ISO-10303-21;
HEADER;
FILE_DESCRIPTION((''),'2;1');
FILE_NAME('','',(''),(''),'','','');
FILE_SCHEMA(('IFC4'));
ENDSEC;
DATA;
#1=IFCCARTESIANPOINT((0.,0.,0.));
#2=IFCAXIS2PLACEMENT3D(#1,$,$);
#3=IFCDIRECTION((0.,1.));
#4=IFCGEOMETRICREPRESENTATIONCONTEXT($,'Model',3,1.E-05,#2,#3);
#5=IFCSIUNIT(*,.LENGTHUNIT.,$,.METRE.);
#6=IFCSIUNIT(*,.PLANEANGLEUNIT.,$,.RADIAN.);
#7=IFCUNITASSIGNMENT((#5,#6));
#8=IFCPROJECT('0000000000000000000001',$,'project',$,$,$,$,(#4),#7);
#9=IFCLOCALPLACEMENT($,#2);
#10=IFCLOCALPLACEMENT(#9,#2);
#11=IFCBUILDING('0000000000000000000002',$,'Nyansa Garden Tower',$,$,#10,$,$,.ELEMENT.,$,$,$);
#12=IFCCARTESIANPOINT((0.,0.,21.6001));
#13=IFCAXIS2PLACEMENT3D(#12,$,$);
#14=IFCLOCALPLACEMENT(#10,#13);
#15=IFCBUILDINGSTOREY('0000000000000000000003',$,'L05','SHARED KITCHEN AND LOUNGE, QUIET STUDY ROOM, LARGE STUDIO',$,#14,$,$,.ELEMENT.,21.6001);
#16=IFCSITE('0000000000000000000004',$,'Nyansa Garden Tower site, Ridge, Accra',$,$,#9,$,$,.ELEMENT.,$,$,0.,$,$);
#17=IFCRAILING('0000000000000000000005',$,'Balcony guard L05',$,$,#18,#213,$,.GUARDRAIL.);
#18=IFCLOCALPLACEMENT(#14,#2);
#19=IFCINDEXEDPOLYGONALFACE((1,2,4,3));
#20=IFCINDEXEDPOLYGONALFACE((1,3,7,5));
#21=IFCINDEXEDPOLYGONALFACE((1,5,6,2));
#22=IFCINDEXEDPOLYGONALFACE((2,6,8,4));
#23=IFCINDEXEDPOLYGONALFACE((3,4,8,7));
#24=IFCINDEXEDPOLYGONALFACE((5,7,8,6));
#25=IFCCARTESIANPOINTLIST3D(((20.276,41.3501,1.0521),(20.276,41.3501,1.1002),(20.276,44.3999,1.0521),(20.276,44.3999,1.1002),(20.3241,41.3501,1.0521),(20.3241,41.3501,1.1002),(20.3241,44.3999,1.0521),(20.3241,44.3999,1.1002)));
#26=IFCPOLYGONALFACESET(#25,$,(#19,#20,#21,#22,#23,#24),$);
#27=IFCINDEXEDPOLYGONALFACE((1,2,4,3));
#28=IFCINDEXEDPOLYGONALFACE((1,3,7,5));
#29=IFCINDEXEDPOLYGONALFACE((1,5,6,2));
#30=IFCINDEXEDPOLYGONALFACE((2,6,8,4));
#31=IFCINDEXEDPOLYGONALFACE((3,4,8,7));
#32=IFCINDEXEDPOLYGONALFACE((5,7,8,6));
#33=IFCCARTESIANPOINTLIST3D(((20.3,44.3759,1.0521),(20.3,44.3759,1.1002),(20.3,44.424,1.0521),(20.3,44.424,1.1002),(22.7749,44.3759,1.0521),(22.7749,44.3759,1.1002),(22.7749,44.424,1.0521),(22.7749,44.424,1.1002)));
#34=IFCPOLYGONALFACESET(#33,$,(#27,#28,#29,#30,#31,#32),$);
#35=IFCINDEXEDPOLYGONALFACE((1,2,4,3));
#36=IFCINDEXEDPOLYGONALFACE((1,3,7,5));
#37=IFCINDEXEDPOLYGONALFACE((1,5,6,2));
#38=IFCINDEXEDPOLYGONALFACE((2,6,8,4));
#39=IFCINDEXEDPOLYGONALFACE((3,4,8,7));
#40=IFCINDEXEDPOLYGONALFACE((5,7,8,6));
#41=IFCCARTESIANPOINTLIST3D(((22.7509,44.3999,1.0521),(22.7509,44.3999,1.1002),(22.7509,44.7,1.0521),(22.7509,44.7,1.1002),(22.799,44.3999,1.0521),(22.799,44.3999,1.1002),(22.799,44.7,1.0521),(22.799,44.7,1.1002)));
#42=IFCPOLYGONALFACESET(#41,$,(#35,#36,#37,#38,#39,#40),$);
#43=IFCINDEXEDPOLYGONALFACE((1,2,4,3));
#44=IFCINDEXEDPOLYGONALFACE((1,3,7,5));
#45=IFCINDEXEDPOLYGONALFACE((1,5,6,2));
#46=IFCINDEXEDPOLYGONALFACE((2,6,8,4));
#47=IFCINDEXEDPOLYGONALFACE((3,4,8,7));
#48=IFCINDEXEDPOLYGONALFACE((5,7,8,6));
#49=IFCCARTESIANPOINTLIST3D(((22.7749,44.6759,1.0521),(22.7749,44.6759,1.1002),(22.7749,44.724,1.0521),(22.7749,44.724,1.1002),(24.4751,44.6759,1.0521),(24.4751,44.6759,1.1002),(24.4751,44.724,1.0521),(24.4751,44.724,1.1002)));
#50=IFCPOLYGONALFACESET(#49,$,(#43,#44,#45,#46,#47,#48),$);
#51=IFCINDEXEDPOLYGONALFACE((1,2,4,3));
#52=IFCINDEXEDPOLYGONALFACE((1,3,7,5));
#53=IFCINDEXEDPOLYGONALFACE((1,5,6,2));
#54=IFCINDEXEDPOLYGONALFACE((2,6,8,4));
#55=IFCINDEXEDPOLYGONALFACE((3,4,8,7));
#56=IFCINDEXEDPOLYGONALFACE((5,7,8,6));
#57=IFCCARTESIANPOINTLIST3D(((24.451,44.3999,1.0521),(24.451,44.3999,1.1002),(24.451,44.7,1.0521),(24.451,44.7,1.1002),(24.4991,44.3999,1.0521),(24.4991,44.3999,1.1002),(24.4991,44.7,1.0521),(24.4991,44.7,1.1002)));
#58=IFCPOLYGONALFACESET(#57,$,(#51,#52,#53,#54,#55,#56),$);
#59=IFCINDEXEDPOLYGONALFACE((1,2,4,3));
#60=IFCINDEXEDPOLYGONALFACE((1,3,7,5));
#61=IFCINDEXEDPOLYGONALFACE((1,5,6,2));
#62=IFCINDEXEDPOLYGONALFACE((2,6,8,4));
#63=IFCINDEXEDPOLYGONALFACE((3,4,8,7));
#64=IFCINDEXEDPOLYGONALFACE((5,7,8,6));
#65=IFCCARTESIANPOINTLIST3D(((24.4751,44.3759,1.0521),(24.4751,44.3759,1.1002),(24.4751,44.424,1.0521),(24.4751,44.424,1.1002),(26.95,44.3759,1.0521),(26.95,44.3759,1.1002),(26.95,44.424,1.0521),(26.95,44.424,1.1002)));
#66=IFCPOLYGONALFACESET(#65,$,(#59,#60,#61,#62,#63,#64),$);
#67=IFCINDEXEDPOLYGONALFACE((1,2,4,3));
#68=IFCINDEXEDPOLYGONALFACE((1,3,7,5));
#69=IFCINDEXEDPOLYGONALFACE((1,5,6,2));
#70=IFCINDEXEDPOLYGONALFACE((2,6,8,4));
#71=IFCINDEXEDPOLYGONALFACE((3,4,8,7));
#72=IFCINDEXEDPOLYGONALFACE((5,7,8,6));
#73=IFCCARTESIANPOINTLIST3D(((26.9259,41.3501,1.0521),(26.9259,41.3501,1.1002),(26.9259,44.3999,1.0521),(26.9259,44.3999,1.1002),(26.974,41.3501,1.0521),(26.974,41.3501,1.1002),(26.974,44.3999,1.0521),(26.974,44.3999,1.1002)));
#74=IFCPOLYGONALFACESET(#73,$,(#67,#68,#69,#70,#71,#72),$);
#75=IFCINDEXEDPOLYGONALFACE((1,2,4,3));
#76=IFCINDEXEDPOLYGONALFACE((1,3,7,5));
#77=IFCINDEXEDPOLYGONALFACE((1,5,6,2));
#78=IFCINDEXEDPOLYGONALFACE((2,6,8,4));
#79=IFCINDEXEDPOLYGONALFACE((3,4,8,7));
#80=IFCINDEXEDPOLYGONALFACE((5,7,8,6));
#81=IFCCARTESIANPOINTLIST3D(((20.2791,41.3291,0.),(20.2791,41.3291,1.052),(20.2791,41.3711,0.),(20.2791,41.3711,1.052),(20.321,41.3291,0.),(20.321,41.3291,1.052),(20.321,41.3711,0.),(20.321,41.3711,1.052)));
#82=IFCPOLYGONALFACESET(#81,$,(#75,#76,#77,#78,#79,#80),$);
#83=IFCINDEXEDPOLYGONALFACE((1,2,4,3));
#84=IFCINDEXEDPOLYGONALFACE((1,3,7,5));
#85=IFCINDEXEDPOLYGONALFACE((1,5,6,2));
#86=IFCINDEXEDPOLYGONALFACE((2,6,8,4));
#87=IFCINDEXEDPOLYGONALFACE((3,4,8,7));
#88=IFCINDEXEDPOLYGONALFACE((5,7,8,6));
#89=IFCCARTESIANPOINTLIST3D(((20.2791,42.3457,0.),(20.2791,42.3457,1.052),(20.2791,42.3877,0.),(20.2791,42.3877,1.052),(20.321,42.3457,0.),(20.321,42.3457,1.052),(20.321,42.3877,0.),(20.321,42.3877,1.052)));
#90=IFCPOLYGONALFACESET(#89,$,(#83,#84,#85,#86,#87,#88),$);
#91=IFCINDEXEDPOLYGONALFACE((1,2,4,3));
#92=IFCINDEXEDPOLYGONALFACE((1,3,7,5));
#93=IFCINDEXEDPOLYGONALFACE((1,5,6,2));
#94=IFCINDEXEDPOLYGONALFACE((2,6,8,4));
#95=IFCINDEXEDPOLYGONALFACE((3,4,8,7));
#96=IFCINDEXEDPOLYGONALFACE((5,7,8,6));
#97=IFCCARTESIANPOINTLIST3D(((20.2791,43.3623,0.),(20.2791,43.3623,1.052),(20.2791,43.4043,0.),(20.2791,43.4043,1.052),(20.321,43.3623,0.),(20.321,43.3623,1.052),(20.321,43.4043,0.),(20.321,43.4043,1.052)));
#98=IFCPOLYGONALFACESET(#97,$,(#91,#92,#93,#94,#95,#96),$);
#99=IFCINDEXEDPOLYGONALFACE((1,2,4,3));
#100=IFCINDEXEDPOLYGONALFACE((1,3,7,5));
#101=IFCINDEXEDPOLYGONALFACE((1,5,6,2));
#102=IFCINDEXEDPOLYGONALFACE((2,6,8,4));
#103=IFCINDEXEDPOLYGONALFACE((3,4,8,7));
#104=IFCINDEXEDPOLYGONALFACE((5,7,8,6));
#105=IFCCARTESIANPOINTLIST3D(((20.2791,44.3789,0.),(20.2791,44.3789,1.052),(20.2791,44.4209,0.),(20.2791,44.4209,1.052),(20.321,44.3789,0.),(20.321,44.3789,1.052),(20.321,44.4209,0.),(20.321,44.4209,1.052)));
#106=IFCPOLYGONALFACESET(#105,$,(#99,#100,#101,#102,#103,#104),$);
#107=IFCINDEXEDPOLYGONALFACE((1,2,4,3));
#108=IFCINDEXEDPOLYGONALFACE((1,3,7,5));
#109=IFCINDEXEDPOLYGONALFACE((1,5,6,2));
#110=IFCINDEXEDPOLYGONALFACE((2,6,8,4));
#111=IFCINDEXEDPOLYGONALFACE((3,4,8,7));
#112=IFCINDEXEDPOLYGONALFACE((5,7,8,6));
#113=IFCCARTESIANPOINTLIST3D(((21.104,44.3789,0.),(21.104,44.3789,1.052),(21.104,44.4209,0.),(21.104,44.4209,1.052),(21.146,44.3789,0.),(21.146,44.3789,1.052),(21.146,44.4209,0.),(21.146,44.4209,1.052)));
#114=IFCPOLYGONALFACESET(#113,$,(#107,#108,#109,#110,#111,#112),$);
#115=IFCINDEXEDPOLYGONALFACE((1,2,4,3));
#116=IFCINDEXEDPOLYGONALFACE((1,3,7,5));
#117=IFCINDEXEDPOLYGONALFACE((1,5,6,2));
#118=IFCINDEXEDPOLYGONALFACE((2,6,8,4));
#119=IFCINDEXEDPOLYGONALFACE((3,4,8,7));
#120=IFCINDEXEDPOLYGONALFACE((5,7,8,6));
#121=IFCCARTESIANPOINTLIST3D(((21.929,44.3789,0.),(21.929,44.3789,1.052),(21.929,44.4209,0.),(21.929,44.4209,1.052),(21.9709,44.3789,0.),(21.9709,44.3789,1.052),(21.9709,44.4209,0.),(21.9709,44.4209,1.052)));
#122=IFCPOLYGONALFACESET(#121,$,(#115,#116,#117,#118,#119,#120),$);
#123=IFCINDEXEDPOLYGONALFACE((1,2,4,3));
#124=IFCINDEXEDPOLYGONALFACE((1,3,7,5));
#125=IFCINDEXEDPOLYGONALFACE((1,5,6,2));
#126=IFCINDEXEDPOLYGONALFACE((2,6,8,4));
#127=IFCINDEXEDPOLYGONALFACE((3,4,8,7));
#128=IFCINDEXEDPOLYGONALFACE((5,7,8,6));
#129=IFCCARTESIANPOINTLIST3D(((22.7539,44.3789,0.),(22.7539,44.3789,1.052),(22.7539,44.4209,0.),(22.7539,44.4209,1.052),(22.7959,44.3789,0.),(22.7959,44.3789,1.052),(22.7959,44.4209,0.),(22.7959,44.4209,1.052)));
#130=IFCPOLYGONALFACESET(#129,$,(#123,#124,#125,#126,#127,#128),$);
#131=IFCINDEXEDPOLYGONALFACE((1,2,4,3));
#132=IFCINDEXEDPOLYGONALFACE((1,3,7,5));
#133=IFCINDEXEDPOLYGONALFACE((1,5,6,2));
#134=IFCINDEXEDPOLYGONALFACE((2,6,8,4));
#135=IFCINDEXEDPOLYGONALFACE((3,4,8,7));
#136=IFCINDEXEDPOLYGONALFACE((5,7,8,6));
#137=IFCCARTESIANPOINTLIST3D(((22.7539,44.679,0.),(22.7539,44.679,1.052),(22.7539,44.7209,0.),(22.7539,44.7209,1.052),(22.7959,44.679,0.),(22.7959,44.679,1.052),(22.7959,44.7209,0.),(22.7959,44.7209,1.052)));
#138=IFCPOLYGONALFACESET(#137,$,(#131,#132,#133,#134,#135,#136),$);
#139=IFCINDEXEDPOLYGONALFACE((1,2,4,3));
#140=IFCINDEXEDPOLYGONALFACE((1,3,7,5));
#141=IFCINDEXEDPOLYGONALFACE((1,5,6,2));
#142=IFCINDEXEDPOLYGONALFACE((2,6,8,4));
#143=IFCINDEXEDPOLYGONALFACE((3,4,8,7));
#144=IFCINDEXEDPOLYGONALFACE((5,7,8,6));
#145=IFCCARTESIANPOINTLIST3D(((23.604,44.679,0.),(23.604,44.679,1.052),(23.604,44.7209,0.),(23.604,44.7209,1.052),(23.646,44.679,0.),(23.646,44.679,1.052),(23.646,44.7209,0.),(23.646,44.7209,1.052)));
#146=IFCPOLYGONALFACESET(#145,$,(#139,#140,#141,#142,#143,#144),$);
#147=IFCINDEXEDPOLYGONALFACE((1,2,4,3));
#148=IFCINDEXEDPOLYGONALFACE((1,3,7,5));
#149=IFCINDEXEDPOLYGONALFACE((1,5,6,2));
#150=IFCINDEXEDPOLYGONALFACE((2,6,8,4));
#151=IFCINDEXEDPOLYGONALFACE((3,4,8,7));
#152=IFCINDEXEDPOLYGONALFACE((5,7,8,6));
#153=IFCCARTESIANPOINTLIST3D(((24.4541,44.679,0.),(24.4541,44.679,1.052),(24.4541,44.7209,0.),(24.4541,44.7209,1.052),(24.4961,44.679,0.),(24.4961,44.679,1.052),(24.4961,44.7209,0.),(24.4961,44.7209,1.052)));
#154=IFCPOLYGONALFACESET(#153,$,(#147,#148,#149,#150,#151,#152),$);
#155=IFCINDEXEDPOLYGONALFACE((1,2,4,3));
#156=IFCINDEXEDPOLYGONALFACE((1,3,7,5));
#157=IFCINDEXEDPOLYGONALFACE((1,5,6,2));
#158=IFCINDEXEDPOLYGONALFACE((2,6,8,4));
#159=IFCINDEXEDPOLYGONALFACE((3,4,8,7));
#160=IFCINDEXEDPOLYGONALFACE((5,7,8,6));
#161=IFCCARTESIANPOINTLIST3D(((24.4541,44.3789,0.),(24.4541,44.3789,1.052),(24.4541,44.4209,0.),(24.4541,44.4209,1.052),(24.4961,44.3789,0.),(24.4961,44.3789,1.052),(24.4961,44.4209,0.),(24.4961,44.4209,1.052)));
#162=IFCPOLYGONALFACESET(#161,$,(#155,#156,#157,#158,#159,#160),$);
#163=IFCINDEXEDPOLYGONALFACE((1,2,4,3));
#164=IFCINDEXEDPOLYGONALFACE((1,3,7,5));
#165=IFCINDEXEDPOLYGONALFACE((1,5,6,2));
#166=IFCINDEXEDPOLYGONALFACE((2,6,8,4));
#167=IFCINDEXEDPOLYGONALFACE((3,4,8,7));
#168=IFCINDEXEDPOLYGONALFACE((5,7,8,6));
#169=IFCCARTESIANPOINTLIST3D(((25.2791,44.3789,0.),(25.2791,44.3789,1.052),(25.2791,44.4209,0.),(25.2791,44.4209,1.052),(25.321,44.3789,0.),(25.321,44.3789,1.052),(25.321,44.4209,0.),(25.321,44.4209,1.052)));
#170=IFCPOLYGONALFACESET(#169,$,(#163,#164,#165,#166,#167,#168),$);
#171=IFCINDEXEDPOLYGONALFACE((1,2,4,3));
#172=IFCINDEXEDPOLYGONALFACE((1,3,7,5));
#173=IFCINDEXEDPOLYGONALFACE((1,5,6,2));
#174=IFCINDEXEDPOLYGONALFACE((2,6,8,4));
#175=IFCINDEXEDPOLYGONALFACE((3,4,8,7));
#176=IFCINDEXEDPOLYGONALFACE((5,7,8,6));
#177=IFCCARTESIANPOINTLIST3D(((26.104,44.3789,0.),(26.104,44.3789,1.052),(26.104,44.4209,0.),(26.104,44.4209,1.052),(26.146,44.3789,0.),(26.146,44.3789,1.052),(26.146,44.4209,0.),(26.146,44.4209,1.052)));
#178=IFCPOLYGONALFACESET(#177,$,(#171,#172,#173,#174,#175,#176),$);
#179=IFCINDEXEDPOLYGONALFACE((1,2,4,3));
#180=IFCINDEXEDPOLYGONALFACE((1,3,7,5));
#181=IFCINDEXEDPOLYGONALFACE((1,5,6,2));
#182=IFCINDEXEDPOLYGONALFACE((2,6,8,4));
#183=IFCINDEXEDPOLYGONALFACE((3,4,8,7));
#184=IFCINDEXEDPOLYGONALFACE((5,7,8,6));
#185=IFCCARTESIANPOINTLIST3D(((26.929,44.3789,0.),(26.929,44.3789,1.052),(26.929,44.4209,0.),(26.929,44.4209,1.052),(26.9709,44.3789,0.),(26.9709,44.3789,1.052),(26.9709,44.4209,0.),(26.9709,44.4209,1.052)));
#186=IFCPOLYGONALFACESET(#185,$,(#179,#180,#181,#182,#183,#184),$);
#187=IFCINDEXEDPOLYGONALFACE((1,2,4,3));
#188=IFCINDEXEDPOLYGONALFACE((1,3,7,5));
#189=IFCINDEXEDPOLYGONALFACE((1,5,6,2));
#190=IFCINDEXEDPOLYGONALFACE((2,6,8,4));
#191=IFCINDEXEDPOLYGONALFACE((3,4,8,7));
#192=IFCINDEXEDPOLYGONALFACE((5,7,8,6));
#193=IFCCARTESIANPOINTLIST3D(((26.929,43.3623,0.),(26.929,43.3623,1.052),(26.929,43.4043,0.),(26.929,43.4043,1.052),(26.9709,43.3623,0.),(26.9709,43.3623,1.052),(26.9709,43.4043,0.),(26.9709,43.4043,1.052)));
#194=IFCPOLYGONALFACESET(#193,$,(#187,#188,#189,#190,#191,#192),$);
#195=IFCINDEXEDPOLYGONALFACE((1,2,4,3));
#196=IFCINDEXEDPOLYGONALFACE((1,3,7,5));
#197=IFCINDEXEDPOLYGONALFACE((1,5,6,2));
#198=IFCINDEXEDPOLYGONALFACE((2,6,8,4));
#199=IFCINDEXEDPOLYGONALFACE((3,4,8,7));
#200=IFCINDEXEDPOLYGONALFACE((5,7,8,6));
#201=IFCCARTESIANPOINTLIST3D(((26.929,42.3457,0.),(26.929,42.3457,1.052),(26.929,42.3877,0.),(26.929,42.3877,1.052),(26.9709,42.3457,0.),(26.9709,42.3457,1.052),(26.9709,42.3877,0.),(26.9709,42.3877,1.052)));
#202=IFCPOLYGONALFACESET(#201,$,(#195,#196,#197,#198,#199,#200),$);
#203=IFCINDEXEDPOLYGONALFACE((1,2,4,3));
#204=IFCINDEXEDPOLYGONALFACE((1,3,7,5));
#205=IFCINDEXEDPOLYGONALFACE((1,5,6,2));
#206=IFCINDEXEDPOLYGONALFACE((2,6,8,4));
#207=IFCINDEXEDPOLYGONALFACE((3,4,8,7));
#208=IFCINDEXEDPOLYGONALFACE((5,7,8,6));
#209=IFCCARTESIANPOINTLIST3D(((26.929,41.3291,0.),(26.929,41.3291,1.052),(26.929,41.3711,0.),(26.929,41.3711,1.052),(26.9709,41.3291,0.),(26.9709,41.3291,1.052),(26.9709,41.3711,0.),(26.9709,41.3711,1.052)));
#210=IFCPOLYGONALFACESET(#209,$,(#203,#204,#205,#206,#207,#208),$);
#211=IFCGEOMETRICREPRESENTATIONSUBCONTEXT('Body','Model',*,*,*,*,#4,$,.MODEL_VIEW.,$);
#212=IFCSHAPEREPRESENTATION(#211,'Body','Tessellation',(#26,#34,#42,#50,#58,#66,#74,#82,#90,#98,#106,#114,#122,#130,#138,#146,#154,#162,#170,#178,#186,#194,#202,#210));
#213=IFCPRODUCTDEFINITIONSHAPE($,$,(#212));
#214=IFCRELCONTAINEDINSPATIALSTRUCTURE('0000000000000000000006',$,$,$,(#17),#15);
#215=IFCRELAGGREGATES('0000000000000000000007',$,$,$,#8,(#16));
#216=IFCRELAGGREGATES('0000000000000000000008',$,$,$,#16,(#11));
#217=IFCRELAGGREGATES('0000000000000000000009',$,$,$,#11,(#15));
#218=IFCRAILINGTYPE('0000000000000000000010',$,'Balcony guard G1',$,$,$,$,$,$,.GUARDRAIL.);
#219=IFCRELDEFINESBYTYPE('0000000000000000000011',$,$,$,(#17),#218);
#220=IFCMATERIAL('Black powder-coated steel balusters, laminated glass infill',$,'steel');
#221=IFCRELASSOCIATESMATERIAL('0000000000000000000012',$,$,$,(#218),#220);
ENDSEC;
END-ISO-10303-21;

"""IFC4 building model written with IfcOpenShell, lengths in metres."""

from ifc_helpers import new_model, si_unit, direction, frame, origin, origin_2d, place, context, subcontext, project, spatial, rectangle, extrude, material, type_object, element, save


model = new_model("IFC4")

# Units and contexts
model_context = context("Model", 3, precision=1e-05, world=origin(), true_north=direction((0.0, 1.0)))
body_context = subcontext(model_context, "Body", "Model", "MODEL_VIEW")
ifc_project = project(units=[si_unit("LENGTHUNIT", "METRE"), si_unit("PLANEANGLEUNIT", "RADIAN")], contexts=[model_context])

# Site, building, storey
site_placement = place(None, origin())
site = spatial("IfcSite", under=ifc_project, at=site_placement, Name="Nyansa Garden Tower site, Ridge, Accra", CompositionType="ELEMENT", RefElevation=0.0)
building_placement = place(site_placement, origin())
building = spatial("IfcBuilding", under=site, at=building_placement, Name="Nyansa Garden Tower", CompositionType="ELEMENT")
storey_placement = place(building_placement, frame((0.0, 0.0, 21.6001)))
storey = spatial("IfcBuildingStorey", under=building, at=storey_placement, Name="L05", Description="SHARED KITCHEN AND LOUNGE, QUIET STUDY ROOM, LARGE STUDIO", CompositionType="ELEMENT", Elevation=21.6001)

# Railing
ifc_material_1 = material(Name="Black powder-coated steel balusters, laminated glass infill", Category="steel")
railing_type = type_object("IfcRailingType", Name="Balcony guard G1", PredefinedType="GUARDRAIL", material=ifc_material_1)
railing_placement = place(storey_placement, frame((20.3, 41.3501, 0.0)))
element("IfcRailing", 1, at=railing_placement, inside=storey, type_object=railing_type, Name="Balcony guard L05", PredefinedType="GUARDRAIL", context=body_context, shape_type="SweptSolid", body=[
    extrude(rectangle(XDim=0.0481, YDim=0.0481, at=origin_2d()), frame((0.0, 0.0, 1.0762), z_axis=(0.0, 1.0, 0.0), x_axis=(-1.0, 0.0, 0.0)), (0.0, 0.0, 1.0), 3.0498),
    extrude(rectangle(XDim=0.0481, YDim=0.0481, at=origin_2d()), frame((0.0, 3.0498, 1.0762), z_axis=(1.0, 0.0, 0.0), x_axis=(0.0, 1.0, 0.0)), (0.0, 0.0, 1.0), 2.4749),
    extrude(rectangle(XDim=0.0481, YDim=0.0481, at=origin_2d()), frame((2.4749, 3.0498, 1.0762), z_axis=(0.0, 1.0, 0.0), x_axis=(-1.0, 0.0, 0.0)), (0.0, 0.0, 1.0), 0.3),
    extrude(rectangle(XDim=0.0481, YDim=0.0481, at=origin_2d()), frame((2.4749, 3.3499, 1.0762), z_axis=(1.0, 0.0, 0.0), x_axis=(0.0, 1.0, 0.0)), (0.0, 0.0, 1.0), 1.7002),
    extrude(rectangle(XDim=0.0481, YDim=0.0481, at=origin_2d()), frame((4.175, 3.3499, 1.0762), z_axis=(0.0, -1.0, 0.0), x_axis=(1.0, 0.0, 0.0)), (0.0, 0.0, 1.0), 0.3),
    extrude(rectangle(XDim=0.0481, YDim=0.0481, at=origin_2d()), frame((4.175, 3.0498, 1.0762), z_axis=(1.0, 0.0, 0.0), x_axis=(0.0, 1.0, 0.0)), (0.0, 0.0, 1.0), 2.4749),
    extrude(rectangle(XDim=0.0481, YDim=0.0481, at=origin_2d()), frame((6.6499, 3.0498, 1.0762), z_axis=(0.0, -1.0, 0.0), x_axis=(1.0, 0.0, 0.0)), (0.0, 0.0, 1.0), 3.0498),
    extrude(rectangle(XDim=0.042, YDim=0.042, at=origin_2d()), origin(), (0.0, 0.0, 1.0), 1.052),
    extrude(rectangle(XDim=0.042, YDim=0.042, at=origin_2d()), frame((0.0, 1.0166, 0.0)), (0.0, 0.0, 1.0), 1.052),
    extrude(rectangle(XDim=0.042, YDim=0.042, at=origin_2d()), frame((0.0, 2.0332, 0.0)), (0.0, 0.0, 1.0), 1.052),
    extrude(rectangle(XDim=0.042, YDim=0.042, at=origin_2d()), frame((0.0, 3.0498, 0.0)), (0.0, 0.0, 1.0), 1.052),
    extrude(rectangle(XDim=0.042, YDim=0.042, at=origin_2d()), frame((0.825, 3.0498, 0.0)), (0.0, 0.0, 1.0), 1.052),
    extrude(rectangle(XDim=0.042, YDim=0.042, at=origin_2d()), frame((1.6499, 3.0498, 0.0)), (0.0, 0.0, 1.0), 1.052),
    extrude(rectangle(XDim=0.042, YDim=0.042, at=origin_2d()), frame((2.4749, 3.0498, 0.0)), (0.0, 0.0, 1.0), 1.052),
    extrude(rectangle(XDim=0.042, YDim=0.042, at=origin_2d()), frame((2.4749, 3.3499, 0.0)), (0.0, 0.0, 1.0), 1.052),
    extrude(rectangle(XDim=0.042, YDim=0.042, at=origin_2d()), frame((3.325, 3.3499, 0.0)), (0.0, 0.0, 1.0), 1.052),
    extrude(rectangle(XDim=0.042, YDim=0.042, at=origin_2d()), frame((4.175, 3.3499, 0.0)), (0.0, 0.0, 1.0), 1.052),
    extrude(rectangle(XDim=0.042, YDim=0.042, at=origin_2d()), frame((4.175, 3.0498, 0.0)), (0.0, 0.0, 1.0), 1.052),
    extrude(rectangle(XDim=0.042, YDim=0.042, at=origin_2d()), frame((5.0, 3.0498, 0.0)), (0.0, 0.0, 1.0), 1.052),
    extrude(rectangle(XDim=0.042, YDim=0.042, at=origin_2d()), frame((5.825, 3.0498, 0.0)), (0.0, 0.0, 1.0), 1.052),
    extrude(rectangle(XDim=0.042, YDim=0.042, at=origin_2d()), frame((6.6499, 3.0498, 0.0)), (0.0, 0.0, 1.0), 1.052),
    extrude(rectangle(XDim=0.042, YDim=0.042, at=origin_2d()), frame((6.6499, 2.0332, 0.0)), (0.0, 0.0, 1.0), 1.052),
    extrude(rectangle(XDim=0.042, YDim=0.042, at=origin_2d()), frame((6.6499, 1.0166, 0.0)), (0.0, 0.0, 1.0), 1.052),
    extrude(rectangle(XDim=0.042, YDim=0.042, at=origin_2d()), frame((6.6499, 0.0, 0.0)), (0.0, 0.0, 1.0), 1.052),
])

save(model, "model.ifc")
